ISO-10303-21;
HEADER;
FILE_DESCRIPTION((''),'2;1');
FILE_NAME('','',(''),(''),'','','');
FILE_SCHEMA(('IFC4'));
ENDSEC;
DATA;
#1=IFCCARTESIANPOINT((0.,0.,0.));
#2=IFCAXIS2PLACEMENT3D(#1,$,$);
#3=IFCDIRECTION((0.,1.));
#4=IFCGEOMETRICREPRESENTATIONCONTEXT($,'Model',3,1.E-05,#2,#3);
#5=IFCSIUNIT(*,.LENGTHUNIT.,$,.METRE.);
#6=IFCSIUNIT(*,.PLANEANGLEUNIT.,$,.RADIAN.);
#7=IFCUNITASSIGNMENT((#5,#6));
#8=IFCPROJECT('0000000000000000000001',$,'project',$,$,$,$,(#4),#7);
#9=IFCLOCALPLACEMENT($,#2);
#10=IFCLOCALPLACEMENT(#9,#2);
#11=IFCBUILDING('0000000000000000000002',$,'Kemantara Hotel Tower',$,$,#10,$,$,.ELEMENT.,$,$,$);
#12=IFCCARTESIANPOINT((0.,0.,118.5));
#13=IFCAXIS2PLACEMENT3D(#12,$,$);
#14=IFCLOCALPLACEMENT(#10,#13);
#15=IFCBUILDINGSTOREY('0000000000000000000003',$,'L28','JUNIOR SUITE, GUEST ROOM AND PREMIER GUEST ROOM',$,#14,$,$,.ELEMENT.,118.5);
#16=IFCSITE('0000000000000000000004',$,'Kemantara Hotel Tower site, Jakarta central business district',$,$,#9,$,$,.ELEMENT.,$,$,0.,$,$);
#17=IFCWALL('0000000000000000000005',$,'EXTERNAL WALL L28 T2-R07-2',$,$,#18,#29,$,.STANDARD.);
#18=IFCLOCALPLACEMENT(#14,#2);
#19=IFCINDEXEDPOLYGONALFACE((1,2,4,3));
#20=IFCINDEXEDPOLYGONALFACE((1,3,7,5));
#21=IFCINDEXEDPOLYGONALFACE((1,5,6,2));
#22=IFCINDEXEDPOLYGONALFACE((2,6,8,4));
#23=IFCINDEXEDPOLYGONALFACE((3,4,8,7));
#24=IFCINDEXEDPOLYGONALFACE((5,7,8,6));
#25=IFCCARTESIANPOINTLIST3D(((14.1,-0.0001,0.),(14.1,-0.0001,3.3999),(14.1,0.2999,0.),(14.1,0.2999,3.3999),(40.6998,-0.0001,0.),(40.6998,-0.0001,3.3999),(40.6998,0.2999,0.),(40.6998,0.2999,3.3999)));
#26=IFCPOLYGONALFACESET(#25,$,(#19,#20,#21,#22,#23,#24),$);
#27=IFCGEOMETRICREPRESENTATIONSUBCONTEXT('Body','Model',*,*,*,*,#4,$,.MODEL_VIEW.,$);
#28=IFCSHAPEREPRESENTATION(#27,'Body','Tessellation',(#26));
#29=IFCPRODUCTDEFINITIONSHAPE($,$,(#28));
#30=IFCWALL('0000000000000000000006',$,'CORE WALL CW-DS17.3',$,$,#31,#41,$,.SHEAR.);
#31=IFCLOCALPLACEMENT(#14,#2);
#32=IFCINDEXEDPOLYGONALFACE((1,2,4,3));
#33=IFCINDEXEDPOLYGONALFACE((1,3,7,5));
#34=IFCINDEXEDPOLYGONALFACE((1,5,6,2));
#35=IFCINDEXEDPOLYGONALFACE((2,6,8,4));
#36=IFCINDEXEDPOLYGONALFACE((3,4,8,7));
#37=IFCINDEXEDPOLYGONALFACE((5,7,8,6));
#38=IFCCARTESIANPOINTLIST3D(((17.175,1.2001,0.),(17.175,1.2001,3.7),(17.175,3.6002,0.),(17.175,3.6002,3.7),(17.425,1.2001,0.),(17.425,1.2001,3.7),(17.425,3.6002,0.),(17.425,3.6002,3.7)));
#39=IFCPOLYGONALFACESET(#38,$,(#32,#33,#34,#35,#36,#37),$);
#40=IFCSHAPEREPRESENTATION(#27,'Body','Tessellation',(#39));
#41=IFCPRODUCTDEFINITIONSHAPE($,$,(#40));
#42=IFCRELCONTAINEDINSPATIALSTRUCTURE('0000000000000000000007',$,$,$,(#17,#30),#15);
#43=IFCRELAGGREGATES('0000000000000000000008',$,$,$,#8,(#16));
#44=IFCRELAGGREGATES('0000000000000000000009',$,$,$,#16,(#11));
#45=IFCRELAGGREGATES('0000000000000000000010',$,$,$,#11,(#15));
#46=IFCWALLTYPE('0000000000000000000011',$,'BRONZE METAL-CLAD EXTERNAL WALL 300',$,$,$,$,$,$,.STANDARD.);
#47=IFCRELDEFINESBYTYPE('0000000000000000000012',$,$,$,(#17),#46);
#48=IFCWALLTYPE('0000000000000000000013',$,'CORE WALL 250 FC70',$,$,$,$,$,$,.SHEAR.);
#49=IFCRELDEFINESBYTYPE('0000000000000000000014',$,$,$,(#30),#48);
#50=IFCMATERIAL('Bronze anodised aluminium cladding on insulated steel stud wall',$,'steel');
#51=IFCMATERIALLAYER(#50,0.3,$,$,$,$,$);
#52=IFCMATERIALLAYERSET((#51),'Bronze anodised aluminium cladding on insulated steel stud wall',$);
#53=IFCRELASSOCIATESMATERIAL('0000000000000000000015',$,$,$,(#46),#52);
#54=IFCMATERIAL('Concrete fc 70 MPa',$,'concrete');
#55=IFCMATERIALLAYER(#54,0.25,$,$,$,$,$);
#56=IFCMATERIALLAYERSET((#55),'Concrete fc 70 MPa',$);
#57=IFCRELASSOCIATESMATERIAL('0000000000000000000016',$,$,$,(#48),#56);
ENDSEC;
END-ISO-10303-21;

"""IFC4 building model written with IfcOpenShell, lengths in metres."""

from ifc_helpers import new_model, si_unit, direction, frame, frame_2d, origin, place, context, subcontext, project, spatial, rectangle, extrude, material, layer, layer_set, type_object, element, save


model = new_model("IFC4")

# Units and contexts
model_context = context("Model", 3, precision=1e-05, world=origin(), true_north=direction((0.0, 1.0)))
body_context = subcontext(model_context, "Body", "Model", "MODEL_VIEW")
ifc_project = project(units=[si_unit("LENGTHUNIT", "METRE"), si_unit("PLANEANGLEUNIT", "RADIAN")], contexts=[model_context])

# Site, building, storey
site_placement = place(None, origin())
site = spatial("IfcSite", under=ifc_project, at=site_placement, Name="Kemantara Hotel Tower site, Jakarta central business district", CompositionType="ELEMENT", RefElevation=0.0)
building_placement = place(site_placement, origin())
building = spatial("IfcBuilding", under=site, at=building_placement, Name="Kemantara Hotel Tower", CompositionType="ELEMENT")
storey_placement = place(building_placement, frame((0.0, 0.0, 118.5)))
storey = spatial("IfcBuildingStorey", under=building, at=storey_placement, Name="L28", Description="JUNIOR SUITE, GUEST ROOM AND PREMIER GUEST ROOM", CompositionType="ELEMENT", Elevation=118.5)

# Walls
ifc_material_1 = material(Name="Bronze anodised aluminium cladding on insulated steel stud wall", Category="steel")
ifc_layer_1 = layer(ifc_material_1, 0.3)
ifc_layer_set_1 = layer_set([ifc_layer_1], Name="Bronze anodised aluminium cladding on insulated steel stud wall")
wall_type_1 = type_object("IfcWallType", Name="BRONZE METAL-CLAD EXTERNAL WALL 300", PredefinedType="STANDARD", material=ifc_layer_set_1)
wall_1_placement = place(storey_placement, frame((14.1001, 0.1499, 0.0), z_axis=(0.0, 0.0, 1.0), x_axis=(1.0, 0.0, 0.0)))
element("IfcWall", 1, at=wall_1_placement, inside=storey, type_object=wall_type_1, Name="EXTERNAL WALL L28 T2-R07-2", PredefinedType="STANDARD", context=body_context, shape_type="SweptSolid", body=[
    extrude(rectangle(XDim=26.5999, YDim=0.3, at=frame_2d((13.2998, 0.0))), origin(), (0.0, 0.0, 1.0), 3.3999),
])
ifc_material_2 = material(Name="Concrete fc 70 MPa", Category="concrete")
ifc_layer_2 = layer(ifc_material_2, 0.25)
ifc_layer_set_2 = layer_set([ifc_layer_2], Name="Concrete fc 70 MPa")
wall_type_2 = type_object("IfcWallType", Name="CORE WALL 250 FC70", PredefinedType="SHEAR", material=ifc_layer_set_2)
wall_2_placement = place(storey_placement, frame((17.3, 1.2, 0.0), z_axis=(0.0, 0.0, 1.0), x_axis=(0.0, 1.0, 0.0)))
element("IfcWall", 2, at=wall_2_placement, inside=storey, type_object=wall_type_2, Name="CORE WALL CW-DS17.3", PredefinedType="SHEAR", context=body_context, shape_type="SweptSolid", body=[
    extrude(rectangle(XDim=2.4001, YDim=0.25, at=frame_2d((1.2002, 0.0))), origin(), (0.0, 0.0, 1.0), 3.7),
])

save(model, "model.ifc")
